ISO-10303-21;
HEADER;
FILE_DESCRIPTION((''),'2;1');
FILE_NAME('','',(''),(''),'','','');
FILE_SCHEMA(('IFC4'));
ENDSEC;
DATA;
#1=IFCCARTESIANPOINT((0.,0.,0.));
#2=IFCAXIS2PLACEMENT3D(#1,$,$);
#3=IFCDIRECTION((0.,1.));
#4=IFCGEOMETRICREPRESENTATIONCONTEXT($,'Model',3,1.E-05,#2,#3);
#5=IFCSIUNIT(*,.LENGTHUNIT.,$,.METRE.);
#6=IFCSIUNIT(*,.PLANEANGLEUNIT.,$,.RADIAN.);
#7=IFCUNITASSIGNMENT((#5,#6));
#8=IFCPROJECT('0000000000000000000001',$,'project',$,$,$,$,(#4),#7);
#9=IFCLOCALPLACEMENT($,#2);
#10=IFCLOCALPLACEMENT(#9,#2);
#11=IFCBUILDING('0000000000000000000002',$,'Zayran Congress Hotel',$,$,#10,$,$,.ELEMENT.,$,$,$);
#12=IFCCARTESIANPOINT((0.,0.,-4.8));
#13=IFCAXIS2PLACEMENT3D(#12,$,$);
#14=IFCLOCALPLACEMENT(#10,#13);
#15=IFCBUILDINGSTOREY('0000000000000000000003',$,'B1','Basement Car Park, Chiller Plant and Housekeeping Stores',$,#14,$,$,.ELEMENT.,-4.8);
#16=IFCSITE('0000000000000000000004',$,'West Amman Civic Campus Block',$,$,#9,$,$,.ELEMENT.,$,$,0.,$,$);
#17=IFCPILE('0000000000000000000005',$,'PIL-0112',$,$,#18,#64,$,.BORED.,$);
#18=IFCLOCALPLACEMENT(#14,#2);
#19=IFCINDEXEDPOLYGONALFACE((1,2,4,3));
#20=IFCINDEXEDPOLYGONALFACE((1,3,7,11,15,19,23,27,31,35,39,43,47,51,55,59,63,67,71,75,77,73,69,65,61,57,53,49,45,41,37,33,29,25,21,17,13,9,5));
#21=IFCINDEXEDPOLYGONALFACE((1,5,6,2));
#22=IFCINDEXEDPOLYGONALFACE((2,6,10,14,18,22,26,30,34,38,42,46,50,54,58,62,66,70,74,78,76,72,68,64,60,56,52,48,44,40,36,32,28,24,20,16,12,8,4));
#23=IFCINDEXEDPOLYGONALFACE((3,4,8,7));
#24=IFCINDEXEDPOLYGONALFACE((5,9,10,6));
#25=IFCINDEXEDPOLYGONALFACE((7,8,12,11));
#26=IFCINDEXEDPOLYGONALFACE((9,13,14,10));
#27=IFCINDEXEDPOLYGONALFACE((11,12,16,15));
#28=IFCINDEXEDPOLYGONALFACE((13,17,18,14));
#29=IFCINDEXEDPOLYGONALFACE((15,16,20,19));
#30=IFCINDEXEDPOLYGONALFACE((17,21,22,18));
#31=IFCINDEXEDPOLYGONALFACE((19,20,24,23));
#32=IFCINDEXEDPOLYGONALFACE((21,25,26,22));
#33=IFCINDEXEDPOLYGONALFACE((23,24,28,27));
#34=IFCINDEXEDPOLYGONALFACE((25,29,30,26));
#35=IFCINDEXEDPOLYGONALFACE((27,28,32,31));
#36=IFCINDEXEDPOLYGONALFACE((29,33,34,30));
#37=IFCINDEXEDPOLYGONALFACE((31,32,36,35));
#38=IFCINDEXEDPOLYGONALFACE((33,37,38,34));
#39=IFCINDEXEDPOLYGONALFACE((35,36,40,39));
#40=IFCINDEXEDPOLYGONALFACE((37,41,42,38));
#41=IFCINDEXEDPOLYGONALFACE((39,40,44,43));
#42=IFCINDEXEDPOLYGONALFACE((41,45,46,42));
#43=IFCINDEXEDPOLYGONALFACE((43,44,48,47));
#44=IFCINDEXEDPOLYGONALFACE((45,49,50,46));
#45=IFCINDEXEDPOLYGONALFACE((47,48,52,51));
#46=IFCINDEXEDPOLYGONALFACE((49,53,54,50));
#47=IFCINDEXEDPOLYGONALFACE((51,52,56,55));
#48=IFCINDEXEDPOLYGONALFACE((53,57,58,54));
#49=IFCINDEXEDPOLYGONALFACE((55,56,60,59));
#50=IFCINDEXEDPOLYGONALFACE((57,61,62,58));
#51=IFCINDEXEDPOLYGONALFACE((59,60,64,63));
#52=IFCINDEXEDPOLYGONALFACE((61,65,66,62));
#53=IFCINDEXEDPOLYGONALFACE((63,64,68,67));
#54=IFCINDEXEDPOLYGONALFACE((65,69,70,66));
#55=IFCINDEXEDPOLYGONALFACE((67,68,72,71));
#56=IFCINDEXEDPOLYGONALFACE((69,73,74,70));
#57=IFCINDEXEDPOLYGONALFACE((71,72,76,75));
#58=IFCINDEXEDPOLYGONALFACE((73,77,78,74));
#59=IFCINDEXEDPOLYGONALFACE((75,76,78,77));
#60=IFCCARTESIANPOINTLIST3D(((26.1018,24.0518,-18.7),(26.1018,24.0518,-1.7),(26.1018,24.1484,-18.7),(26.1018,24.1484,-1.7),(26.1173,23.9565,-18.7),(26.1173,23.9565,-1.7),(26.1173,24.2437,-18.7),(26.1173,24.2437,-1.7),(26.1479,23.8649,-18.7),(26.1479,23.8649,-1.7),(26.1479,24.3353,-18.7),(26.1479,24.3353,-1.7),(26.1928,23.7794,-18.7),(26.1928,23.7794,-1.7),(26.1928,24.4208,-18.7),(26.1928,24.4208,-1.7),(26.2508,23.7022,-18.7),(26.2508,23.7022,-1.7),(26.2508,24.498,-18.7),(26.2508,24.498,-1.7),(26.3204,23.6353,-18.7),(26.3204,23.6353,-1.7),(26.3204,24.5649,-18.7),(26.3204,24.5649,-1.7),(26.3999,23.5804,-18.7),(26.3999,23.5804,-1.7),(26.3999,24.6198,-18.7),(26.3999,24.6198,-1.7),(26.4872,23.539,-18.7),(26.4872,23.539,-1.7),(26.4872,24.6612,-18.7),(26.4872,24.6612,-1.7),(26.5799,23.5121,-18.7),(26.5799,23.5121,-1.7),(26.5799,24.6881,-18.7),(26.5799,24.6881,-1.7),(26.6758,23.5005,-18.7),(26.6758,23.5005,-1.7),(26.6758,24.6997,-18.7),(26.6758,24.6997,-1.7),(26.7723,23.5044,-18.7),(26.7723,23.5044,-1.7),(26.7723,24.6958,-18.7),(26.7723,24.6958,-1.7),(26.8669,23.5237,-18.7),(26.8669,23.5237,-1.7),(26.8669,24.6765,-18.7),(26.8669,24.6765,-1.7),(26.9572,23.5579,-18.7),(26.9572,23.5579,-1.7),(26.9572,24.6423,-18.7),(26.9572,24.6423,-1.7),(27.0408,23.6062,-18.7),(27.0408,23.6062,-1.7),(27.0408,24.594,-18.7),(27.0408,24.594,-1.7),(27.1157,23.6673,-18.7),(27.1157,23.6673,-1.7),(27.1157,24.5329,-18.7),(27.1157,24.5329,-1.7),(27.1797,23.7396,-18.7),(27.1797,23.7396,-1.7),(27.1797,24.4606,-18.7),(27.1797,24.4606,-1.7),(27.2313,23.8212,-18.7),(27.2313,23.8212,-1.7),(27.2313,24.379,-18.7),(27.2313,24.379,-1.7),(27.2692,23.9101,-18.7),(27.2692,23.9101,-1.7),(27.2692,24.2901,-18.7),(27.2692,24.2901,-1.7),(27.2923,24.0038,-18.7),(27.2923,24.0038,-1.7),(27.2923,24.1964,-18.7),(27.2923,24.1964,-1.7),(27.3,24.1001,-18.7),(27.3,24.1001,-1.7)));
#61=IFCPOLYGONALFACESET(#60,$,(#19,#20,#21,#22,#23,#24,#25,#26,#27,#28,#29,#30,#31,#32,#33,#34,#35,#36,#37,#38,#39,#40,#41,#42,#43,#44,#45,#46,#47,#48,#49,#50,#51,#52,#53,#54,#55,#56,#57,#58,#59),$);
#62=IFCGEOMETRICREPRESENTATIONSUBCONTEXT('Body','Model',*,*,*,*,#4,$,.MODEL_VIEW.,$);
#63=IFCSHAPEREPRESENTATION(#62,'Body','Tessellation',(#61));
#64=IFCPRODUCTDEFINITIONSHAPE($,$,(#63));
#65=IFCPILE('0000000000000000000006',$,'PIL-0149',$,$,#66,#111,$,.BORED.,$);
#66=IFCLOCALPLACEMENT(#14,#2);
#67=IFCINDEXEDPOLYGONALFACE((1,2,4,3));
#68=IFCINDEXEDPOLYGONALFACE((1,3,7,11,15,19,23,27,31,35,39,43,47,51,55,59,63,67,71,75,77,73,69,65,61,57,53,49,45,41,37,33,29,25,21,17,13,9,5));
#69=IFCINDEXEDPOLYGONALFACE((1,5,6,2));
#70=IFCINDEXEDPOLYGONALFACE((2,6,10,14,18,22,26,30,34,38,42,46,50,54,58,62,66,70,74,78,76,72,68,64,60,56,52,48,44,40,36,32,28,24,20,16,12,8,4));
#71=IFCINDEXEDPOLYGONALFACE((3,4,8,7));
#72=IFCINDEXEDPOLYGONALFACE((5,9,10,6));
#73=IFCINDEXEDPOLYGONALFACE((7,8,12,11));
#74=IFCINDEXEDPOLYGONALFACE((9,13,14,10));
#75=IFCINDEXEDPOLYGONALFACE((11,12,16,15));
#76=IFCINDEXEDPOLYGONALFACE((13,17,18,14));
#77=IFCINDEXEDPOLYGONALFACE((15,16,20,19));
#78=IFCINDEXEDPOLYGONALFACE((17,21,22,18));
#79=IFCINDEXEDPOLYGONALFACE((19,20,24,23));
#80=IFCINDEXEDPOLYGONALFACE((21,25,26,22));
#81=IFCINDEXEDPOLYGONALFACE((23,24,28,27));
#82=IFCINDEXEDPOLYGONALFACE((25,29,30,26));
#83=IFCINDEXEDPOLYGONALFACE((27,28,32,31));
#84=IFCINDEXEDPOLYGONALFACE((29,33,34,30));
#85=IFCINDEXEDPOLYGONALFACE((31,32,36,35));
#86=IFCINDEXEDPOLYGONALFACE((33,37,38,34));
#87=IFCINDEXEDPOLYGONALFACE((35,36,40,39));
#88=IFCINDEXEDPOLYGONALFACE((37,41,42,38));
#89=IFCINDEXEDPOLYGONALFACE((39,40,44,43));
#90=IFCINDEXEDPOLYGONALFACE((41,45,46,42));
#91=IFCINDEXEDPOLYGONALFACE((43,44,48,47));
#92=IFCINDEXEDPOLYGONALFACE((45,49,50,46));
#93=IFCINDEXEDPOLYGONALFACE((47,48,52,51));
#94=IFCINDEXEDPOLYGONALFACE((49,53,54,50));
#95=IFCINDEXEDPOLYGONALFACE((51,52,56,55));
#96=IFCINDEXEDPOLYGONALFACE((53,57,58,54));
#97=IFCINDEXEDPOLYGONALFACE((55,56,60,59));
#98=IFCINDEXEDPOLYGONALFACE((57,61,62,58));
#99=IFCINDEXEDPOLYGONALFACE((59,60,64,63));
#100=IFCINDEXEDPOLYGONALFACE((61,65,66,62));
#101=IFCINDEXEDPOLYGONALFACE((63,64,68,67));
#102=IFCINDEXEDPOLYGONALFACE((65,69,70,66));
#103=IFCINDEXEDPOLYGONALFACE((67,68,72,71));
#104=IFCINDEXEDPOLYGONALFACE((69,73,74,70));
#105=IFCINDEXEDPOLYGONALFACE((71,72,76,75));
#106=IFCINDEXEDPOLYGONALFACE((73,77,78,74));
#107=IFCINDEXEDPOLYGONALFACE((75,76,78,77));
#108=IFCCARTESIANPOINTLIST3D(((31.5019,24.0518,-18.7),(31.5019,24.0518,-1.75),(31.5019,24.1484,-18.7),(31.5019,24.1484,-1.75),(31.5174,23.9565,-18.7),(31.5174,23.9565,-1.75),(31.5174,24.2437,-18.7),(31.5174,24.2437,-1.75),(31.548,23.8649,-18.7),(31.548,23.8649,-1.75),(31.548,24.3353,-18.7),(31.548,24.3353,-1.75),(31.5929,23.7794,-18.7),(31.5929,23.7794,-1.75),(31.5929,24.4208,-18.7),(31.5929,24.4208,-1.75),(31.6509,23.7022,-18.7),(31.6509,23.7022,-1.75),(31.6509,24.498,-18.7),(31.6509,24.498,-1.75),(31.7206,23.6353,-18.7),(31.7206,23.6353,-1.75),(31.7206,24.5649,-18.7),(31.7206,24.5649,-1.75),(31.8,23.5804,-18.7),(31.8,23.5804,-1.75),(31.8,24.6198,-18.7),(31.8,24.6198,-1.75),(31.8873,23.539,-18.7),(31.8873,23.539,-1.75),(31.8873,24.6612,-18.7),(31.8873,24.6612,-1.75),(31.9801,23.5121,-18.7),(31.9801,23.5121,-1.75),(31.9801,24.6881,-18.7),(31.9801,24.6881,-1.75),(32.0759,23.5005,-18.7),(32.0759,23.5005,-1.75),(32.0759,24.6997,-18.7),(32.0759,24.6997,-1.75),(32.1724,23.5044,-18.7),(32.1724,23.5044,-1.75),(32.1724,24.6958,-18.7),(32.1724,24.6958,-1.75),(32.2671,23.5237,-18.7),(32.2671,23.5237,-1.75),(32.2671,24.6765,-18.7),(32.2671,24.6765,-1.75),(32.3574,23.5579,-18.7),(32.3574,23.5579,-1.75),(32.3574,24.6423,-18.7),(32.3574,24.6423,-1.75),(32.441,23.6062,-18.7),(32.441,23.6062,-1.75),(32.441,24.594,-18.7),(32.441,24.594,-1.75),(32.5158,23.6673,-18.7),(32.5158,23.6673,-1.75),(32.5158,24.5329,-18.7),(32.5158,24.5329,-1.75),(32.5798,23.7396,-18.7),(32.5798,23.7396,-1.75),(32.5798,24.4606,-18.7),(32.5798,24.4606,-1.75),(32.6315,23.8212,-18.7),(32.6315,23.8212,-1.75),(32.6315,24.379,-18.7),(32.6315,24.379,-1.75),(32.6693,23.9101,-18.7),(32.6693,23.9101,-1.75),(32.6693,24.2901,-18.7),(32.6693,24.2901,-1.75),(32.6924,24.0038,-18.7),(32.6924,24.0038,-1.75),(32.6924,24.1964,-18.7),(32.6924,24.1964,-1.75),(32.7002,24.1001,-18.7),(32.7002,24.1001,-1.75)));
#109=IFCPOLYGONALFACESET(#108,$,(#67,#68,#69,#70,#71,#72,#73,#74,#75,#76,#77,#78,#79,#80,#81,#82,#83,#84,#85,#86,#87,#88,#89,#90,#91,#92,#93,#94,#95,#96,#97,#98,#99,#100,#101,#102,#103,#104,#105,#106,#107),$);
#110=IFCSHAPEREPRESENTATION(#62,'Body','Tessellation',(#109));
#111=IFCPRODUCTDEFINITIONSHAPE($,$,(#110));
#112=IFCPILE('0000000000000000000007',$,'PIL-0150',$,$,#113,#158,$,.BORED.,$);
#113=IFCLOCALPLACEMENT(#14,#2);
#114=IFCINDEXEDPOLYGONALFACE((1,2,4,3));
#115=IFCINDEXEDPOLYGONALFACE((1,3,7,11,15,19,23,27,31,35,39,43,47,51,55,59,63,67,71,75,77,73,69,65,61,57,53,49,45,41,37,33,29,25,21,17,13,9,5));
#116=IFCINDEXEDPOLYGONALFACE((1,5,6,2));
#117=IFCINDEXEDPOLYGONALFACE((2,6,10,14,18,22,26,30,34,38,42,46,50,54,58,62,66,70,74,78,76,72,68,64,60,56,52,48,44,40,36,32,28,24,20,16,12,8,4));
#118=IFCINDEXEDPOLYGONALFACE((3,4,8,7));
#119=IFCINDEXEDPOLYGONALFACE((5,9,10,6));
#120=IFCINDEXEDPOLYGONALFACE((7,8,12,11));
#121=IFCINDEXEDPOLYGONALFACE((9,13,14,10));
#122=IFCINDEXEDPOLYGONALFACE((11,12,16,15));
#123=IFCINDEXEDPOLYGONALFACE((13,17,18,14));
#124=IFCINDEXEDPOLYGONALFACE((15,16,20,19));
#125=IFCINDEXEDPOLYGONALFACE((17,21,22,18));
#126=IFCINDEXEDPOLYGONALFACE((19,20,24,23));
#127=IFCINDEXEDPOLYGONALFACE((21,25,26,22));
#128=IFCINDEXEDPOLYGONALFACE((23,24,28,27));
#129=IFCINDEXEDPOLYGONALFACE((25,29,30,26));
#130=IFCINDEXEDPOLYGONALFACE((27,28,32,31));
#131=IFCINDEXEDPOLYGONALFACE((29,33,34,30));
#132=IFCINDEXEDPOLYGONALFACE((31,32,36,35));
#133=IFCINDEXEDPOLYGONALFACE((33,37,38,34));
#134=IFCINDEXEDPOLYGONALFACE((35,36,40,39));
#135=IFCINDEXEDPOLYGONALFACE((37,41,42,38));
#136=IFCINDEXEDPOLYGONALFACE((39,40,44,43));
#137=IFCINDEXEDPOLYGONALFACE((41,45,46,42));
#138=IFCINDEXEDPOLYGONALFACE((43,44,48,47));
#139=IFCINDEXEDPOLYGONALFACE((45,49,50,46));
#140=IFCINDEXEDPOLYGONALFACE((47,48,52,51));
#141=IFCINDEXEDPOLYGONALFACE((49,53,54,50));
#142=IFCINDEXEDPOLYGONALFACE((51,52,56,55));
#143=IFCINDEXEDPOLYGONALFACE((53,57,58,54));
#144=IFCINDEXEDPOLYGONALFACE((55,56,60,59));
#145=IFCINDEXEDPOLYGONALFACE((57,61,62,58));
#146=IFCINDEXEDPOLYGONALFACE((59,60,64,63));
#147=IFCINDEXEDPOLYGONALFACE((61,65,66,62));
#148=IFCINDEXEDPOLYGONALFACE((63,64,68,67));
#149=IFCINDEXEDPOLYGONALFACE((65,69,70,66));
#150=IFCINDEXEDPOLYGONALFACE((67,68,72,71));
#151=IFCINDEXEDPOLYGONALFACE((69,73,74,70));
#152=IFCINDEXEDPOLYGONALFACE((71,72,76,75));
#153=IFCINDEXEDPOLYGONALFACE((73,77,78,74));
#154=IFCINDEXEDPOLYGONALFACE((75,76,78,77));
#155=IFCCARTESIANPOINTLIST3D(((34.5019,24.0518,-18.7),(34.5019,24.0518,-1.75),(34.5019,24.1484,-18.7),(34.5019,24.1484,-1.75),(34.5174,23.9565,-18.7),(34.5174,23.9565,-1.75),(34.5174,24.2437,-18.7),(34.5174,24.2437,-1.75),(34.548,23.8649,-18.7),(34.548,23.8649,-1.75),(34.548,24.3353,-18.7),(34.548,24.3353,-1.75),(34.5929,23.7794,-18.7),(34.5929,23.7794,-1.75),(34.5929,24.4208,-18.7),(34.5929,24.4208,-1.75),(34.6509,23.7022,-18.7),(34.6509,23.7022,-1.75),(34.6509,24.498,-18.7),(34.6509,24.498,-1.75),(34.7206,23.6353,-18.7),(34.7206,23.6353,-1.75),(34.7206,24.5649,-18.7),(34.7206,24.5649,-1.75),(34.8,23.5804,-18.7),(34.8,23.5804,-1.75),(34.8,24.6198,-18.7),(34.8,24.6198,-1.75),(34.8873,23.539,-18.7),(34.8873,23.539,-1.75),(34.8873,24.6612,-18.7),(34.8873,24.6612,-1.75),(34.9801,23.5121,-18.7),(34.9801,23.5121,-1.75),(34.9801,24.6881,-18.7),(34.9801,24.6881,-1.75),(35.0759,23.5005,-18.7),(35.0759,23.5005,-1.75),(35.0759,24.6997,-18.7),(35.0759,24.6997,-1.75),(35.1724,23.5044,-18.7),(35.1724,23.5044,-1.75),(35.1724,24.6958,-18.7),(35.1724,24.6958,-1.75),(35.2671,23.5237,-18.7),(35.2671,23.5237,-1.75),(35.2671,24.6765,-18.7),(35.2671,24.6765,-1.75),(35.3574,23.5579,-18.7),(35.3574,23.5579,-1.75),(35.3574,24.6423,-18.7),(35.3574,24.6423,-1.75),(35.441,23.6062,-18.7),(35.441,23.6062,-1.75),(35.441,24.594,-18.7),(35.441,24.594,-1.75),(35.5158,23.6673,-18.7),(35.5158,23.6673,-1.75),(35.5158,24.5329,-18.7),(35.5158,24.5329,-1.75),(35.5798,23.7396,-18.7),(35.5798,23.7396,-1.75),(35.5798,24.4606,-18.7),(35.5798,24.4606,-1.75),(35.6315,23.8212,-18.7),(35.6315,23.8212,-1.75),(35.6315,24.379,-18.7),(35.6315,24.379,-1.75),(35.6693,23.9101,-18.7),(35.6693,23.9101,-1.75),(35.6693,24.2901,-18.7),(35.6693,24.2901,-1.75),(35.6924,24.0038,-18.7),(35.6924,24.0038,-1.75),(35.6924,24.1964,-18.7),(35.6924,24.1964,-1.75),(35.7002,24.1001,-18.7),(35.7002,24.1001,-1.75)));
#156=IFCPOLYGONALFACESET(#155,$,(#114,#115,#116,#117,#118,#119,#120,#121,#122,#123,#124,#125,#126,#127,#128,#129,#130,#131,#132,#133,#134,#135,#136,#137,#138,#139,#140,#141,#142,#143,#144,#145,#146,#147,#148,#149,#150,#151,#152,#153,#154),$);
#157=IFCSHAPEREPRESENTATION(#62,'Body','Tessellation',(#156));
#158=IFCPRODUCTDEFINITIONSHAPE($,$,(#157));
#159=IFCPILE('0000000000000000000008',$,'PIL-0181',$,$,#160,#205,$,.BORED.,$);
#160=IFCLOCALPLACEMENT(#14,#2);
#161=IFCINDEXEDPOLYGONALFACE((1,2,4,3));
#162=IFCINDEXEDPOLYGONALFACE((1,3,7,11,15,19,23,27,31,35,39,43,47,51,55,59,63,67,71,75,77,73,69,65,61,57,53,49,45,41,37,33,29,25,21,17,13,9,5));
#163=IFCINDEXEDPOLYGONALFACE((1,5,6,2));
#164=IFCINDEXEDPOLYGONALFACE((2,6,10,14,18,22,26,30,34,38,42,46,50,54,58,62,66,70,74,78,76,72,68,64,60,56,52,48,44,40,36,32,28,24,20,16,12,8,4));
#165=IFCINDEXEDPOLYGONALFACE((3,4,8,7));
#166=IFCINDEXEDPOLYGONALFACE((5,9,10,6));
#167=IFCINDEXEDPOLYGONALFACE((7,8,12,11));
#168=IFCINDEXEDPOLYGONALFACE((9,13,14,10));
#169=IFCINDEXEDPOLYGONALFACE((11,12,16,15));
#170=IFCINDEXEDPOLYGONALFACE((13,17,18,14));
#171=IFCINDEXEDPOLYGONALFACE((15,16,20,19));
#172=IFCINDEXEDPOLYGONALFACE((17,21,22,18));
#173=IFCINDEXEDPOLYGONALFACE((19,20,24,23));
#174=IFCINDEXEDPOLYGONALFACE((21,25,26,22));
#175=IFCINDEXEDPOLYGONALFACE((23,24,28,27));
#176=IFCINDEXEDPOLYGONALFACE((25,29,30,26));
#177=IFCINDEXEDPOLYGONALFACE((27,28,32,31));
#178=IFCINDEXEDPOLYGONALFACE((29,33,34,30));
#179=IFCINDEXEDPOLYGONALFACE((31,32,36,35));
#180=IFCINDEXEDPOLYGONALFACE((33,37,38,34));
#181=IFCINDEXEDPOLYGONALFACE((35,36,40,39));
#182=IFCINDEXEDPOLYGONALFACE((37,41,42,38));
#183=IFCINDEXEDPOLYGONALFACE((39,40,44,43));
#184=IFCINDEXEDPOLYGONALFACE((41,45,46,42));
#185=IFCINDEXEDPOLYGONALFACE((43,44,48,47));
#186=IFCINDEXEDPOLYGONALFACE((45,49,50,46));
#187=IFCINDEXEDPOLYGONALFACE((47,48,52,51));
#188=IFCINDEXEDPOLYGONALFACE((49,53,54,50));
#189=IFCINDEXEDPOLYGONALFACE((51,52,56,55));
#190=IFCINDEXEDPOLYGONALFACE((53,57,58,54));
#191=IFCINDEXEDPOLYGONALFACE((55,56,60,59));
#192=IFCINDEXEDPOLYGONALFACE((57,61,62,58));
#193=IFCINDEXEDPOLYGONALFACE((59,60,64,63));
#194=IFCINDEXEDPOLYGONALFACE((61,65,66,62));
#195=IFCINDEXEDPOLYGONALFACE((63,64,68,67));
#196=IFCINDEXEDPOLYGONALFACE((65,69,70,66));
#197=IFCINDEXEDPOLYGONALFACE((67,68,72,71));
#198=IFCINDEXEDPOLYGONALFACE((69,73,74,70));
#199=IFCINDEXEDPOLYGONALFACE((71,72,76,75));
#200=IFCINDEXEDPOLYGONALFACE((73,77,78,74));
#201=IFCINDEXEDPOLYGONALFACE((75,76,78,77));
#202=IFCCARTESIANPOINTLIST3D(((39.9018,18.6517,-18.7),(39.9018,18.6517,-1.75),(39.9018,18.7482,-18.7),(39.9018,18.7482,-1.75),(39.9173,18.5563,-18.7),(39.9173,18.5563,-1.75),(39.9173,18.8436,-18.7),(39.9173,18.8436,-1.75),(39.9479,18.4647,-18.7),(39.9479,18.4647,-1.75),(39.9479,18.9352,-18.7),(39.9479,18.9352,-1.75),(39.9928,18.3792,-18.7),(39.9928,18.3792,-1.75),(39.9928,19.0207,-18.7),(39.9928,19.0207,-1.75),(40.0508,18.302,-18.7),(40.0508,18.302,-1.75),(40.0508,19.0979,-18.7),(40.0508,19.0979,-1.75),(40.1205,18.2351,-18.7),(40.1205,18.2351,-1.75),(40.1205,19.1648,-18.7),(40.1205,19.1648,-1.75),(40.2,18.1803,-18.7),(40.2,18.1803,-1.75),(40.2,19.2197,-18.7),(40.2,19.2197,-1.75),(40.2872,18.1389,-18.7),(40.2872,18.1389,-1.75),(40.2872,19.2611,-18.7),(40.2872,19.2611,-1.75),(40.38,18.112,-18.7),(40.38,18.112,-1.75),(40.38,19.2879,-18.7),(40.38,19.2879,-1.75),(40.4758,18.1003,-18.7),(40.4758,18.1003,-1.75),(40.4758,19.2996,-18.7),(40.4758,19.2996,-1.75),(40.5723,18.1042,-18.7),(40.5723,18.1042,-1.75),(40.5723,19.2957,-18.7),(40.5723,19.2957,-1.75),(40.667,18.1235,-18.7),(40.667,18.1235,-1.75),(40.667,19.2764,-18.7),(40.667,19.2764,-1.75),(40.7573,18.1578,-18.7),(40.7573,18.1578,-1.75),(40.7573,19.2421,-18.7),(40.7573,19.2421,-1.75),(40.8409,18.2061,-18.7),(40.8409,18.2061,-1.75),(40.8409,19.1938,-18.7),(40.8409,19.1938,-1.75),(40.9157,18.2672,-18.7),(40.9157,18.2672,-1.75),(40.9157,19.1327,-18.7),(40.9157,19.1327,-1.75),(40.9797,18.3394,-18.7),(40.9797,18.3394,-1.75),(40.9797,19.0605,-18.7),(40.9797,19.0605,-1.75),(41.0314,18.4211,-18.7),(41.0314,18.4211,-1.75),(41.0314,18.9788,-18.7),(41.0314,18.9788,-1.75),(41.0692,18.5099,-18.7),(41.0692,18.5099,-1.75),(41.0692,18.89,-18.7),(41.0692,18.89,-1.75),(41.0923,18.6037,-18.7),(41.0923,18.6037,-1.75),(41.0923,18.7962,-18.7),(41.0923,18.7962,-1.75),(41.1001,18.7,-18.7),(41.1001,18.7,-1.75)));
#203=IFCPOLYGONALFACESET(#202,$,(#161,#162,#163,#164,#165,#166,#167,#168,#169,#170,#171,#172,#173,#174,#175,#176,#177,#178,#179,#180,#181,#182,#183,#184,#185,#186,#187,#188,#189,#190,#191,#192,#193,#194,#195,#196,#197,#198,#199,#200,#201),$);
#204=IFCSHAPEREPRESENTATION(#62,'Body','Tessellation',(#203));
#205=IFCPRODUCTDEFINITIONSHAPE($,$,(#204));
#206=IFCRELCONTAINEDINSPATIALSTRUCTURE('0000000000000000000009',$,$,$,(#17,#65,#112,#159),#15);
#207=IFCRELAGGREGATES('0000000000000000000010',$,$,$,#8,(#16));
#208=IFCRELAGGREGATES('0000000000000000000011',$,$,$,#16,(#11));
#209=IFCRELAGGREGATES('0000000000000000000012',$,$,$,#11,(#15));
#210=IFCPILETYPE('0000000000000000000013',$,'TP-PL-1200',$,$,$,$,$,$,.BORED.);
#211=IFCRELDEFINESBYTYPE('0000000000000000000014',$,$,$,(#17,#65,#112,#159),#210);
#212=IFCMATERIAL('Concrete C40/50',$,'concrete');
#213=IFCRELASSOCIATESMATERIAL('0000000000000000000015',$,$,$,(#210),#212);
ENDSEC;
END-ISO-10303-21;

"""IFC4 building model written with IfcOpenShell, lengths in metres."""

from ifc_helpers import new_model, si_unit, direction, frame, origin, origin_2d, place, context, subcontext, project, spatial, circle, extrude, material, material_profile, profile_set, type_object, element, save


model = new_model("IFC4")

# Units and contexts
model_context = context("Model", 3, precision=1e-05, world=origin(), true_north=direction((0.0, 1.0)))
body_context = subcontext(model_context, "Body", "Model", "MODEL_VIEW")
ifc_project = project(units=[si_unit("LENGTHUNIT", "METRE"), si_unit("PLANEANGLEUNIT", "RADIAN")], contexts=[model_context])

# Site, building, storey
site_placement = place(None, origin())
site = spatial("IfcSite", under=ifc_project, at=site_placement, Name="West Amman Civic Campus Block", CompositionType="ELEMENT", RefElevation=0.0)
building_placement = place(site_placement, origin())
building = spatial("IfcBuilding", under=site, at=building_placement, Name="Zayran Congress Hotel", CompositionType="ELEMENT")
storey_placement = place(building_placement, frame((0.0, 0.0, -4.8)))
storey = spatial("IfcBuildingStorey", under=building, at=storey_placement, Name="B1", Description="Basement Car Park, Chiller Plant and Housekeeping Stores", CompositionType="ELEMENT", Elevation=-4.8)

# Piles
ifc_material_1 = material(Name="Concrete C40/50", Category="concrete")
ifc_material_profile = material_profile(ifc_material_1, circle(Radius=0.6001, at=origin_2d()), Name="PILE D1200")
ifc_profile_set = profile_set([ifc_material_profile], Name="Concrete C40/50")
pile_type = type_object("IfcPileType", Name="TP-PL-1200", PredefinedType="BORED", material=ifc_profile_set)
pile_placement = place(storey_placement, frame((26.7, 24.1001, -1.7), z_axis=(0.0, 0.0, -1.0), x_axis=(1.0, 0.0, 0.0)))
element("IfcPile", 1, at=pile_placement, inside=storey, type_object=pile_type, Name="PIL-0112", PredefinedType="BORED", context=body_context, shape_type="SweptSolid", body=[
    extrude(circle(Radius=0.6001, at=origin_2d()), origin(), (0.0, 0.0, 1.0), 17.0),
])
for number, where, z_axis, x_axis, name in (
    (2, (32.1001, 24.1001, -1.75), (0.0, 0.0, -1.0), (1.0, 0.0, 0.0), "PIL-0149"),
    (3, (35.1001, 24.1001, -1.75), (0.0, 0.0, -1.0), (1.0, 0.0, 0.0), "PIL-0150"),
    (4, (40.5, 18.7, -1.75), (0.0, 0.0, -1.0), (1.0, 0.0, 0.0), "PIL-0181"),
):
    element("IfcPile", number, at=place(storey_placement, frame(where, z_axis=z_axis, x_axis=x_axis)), inside=storey, type_object=pile_type, Name=name, PredefinedType="BORED", context=body_context, shape_type="SweptSolid", body=[
        extrude(circle(Radius=0.6001, at=origin_2d()), origin(), (0.0, 0.0, 1.0), 16.95),
    ])

save(model, "model.ifc")
